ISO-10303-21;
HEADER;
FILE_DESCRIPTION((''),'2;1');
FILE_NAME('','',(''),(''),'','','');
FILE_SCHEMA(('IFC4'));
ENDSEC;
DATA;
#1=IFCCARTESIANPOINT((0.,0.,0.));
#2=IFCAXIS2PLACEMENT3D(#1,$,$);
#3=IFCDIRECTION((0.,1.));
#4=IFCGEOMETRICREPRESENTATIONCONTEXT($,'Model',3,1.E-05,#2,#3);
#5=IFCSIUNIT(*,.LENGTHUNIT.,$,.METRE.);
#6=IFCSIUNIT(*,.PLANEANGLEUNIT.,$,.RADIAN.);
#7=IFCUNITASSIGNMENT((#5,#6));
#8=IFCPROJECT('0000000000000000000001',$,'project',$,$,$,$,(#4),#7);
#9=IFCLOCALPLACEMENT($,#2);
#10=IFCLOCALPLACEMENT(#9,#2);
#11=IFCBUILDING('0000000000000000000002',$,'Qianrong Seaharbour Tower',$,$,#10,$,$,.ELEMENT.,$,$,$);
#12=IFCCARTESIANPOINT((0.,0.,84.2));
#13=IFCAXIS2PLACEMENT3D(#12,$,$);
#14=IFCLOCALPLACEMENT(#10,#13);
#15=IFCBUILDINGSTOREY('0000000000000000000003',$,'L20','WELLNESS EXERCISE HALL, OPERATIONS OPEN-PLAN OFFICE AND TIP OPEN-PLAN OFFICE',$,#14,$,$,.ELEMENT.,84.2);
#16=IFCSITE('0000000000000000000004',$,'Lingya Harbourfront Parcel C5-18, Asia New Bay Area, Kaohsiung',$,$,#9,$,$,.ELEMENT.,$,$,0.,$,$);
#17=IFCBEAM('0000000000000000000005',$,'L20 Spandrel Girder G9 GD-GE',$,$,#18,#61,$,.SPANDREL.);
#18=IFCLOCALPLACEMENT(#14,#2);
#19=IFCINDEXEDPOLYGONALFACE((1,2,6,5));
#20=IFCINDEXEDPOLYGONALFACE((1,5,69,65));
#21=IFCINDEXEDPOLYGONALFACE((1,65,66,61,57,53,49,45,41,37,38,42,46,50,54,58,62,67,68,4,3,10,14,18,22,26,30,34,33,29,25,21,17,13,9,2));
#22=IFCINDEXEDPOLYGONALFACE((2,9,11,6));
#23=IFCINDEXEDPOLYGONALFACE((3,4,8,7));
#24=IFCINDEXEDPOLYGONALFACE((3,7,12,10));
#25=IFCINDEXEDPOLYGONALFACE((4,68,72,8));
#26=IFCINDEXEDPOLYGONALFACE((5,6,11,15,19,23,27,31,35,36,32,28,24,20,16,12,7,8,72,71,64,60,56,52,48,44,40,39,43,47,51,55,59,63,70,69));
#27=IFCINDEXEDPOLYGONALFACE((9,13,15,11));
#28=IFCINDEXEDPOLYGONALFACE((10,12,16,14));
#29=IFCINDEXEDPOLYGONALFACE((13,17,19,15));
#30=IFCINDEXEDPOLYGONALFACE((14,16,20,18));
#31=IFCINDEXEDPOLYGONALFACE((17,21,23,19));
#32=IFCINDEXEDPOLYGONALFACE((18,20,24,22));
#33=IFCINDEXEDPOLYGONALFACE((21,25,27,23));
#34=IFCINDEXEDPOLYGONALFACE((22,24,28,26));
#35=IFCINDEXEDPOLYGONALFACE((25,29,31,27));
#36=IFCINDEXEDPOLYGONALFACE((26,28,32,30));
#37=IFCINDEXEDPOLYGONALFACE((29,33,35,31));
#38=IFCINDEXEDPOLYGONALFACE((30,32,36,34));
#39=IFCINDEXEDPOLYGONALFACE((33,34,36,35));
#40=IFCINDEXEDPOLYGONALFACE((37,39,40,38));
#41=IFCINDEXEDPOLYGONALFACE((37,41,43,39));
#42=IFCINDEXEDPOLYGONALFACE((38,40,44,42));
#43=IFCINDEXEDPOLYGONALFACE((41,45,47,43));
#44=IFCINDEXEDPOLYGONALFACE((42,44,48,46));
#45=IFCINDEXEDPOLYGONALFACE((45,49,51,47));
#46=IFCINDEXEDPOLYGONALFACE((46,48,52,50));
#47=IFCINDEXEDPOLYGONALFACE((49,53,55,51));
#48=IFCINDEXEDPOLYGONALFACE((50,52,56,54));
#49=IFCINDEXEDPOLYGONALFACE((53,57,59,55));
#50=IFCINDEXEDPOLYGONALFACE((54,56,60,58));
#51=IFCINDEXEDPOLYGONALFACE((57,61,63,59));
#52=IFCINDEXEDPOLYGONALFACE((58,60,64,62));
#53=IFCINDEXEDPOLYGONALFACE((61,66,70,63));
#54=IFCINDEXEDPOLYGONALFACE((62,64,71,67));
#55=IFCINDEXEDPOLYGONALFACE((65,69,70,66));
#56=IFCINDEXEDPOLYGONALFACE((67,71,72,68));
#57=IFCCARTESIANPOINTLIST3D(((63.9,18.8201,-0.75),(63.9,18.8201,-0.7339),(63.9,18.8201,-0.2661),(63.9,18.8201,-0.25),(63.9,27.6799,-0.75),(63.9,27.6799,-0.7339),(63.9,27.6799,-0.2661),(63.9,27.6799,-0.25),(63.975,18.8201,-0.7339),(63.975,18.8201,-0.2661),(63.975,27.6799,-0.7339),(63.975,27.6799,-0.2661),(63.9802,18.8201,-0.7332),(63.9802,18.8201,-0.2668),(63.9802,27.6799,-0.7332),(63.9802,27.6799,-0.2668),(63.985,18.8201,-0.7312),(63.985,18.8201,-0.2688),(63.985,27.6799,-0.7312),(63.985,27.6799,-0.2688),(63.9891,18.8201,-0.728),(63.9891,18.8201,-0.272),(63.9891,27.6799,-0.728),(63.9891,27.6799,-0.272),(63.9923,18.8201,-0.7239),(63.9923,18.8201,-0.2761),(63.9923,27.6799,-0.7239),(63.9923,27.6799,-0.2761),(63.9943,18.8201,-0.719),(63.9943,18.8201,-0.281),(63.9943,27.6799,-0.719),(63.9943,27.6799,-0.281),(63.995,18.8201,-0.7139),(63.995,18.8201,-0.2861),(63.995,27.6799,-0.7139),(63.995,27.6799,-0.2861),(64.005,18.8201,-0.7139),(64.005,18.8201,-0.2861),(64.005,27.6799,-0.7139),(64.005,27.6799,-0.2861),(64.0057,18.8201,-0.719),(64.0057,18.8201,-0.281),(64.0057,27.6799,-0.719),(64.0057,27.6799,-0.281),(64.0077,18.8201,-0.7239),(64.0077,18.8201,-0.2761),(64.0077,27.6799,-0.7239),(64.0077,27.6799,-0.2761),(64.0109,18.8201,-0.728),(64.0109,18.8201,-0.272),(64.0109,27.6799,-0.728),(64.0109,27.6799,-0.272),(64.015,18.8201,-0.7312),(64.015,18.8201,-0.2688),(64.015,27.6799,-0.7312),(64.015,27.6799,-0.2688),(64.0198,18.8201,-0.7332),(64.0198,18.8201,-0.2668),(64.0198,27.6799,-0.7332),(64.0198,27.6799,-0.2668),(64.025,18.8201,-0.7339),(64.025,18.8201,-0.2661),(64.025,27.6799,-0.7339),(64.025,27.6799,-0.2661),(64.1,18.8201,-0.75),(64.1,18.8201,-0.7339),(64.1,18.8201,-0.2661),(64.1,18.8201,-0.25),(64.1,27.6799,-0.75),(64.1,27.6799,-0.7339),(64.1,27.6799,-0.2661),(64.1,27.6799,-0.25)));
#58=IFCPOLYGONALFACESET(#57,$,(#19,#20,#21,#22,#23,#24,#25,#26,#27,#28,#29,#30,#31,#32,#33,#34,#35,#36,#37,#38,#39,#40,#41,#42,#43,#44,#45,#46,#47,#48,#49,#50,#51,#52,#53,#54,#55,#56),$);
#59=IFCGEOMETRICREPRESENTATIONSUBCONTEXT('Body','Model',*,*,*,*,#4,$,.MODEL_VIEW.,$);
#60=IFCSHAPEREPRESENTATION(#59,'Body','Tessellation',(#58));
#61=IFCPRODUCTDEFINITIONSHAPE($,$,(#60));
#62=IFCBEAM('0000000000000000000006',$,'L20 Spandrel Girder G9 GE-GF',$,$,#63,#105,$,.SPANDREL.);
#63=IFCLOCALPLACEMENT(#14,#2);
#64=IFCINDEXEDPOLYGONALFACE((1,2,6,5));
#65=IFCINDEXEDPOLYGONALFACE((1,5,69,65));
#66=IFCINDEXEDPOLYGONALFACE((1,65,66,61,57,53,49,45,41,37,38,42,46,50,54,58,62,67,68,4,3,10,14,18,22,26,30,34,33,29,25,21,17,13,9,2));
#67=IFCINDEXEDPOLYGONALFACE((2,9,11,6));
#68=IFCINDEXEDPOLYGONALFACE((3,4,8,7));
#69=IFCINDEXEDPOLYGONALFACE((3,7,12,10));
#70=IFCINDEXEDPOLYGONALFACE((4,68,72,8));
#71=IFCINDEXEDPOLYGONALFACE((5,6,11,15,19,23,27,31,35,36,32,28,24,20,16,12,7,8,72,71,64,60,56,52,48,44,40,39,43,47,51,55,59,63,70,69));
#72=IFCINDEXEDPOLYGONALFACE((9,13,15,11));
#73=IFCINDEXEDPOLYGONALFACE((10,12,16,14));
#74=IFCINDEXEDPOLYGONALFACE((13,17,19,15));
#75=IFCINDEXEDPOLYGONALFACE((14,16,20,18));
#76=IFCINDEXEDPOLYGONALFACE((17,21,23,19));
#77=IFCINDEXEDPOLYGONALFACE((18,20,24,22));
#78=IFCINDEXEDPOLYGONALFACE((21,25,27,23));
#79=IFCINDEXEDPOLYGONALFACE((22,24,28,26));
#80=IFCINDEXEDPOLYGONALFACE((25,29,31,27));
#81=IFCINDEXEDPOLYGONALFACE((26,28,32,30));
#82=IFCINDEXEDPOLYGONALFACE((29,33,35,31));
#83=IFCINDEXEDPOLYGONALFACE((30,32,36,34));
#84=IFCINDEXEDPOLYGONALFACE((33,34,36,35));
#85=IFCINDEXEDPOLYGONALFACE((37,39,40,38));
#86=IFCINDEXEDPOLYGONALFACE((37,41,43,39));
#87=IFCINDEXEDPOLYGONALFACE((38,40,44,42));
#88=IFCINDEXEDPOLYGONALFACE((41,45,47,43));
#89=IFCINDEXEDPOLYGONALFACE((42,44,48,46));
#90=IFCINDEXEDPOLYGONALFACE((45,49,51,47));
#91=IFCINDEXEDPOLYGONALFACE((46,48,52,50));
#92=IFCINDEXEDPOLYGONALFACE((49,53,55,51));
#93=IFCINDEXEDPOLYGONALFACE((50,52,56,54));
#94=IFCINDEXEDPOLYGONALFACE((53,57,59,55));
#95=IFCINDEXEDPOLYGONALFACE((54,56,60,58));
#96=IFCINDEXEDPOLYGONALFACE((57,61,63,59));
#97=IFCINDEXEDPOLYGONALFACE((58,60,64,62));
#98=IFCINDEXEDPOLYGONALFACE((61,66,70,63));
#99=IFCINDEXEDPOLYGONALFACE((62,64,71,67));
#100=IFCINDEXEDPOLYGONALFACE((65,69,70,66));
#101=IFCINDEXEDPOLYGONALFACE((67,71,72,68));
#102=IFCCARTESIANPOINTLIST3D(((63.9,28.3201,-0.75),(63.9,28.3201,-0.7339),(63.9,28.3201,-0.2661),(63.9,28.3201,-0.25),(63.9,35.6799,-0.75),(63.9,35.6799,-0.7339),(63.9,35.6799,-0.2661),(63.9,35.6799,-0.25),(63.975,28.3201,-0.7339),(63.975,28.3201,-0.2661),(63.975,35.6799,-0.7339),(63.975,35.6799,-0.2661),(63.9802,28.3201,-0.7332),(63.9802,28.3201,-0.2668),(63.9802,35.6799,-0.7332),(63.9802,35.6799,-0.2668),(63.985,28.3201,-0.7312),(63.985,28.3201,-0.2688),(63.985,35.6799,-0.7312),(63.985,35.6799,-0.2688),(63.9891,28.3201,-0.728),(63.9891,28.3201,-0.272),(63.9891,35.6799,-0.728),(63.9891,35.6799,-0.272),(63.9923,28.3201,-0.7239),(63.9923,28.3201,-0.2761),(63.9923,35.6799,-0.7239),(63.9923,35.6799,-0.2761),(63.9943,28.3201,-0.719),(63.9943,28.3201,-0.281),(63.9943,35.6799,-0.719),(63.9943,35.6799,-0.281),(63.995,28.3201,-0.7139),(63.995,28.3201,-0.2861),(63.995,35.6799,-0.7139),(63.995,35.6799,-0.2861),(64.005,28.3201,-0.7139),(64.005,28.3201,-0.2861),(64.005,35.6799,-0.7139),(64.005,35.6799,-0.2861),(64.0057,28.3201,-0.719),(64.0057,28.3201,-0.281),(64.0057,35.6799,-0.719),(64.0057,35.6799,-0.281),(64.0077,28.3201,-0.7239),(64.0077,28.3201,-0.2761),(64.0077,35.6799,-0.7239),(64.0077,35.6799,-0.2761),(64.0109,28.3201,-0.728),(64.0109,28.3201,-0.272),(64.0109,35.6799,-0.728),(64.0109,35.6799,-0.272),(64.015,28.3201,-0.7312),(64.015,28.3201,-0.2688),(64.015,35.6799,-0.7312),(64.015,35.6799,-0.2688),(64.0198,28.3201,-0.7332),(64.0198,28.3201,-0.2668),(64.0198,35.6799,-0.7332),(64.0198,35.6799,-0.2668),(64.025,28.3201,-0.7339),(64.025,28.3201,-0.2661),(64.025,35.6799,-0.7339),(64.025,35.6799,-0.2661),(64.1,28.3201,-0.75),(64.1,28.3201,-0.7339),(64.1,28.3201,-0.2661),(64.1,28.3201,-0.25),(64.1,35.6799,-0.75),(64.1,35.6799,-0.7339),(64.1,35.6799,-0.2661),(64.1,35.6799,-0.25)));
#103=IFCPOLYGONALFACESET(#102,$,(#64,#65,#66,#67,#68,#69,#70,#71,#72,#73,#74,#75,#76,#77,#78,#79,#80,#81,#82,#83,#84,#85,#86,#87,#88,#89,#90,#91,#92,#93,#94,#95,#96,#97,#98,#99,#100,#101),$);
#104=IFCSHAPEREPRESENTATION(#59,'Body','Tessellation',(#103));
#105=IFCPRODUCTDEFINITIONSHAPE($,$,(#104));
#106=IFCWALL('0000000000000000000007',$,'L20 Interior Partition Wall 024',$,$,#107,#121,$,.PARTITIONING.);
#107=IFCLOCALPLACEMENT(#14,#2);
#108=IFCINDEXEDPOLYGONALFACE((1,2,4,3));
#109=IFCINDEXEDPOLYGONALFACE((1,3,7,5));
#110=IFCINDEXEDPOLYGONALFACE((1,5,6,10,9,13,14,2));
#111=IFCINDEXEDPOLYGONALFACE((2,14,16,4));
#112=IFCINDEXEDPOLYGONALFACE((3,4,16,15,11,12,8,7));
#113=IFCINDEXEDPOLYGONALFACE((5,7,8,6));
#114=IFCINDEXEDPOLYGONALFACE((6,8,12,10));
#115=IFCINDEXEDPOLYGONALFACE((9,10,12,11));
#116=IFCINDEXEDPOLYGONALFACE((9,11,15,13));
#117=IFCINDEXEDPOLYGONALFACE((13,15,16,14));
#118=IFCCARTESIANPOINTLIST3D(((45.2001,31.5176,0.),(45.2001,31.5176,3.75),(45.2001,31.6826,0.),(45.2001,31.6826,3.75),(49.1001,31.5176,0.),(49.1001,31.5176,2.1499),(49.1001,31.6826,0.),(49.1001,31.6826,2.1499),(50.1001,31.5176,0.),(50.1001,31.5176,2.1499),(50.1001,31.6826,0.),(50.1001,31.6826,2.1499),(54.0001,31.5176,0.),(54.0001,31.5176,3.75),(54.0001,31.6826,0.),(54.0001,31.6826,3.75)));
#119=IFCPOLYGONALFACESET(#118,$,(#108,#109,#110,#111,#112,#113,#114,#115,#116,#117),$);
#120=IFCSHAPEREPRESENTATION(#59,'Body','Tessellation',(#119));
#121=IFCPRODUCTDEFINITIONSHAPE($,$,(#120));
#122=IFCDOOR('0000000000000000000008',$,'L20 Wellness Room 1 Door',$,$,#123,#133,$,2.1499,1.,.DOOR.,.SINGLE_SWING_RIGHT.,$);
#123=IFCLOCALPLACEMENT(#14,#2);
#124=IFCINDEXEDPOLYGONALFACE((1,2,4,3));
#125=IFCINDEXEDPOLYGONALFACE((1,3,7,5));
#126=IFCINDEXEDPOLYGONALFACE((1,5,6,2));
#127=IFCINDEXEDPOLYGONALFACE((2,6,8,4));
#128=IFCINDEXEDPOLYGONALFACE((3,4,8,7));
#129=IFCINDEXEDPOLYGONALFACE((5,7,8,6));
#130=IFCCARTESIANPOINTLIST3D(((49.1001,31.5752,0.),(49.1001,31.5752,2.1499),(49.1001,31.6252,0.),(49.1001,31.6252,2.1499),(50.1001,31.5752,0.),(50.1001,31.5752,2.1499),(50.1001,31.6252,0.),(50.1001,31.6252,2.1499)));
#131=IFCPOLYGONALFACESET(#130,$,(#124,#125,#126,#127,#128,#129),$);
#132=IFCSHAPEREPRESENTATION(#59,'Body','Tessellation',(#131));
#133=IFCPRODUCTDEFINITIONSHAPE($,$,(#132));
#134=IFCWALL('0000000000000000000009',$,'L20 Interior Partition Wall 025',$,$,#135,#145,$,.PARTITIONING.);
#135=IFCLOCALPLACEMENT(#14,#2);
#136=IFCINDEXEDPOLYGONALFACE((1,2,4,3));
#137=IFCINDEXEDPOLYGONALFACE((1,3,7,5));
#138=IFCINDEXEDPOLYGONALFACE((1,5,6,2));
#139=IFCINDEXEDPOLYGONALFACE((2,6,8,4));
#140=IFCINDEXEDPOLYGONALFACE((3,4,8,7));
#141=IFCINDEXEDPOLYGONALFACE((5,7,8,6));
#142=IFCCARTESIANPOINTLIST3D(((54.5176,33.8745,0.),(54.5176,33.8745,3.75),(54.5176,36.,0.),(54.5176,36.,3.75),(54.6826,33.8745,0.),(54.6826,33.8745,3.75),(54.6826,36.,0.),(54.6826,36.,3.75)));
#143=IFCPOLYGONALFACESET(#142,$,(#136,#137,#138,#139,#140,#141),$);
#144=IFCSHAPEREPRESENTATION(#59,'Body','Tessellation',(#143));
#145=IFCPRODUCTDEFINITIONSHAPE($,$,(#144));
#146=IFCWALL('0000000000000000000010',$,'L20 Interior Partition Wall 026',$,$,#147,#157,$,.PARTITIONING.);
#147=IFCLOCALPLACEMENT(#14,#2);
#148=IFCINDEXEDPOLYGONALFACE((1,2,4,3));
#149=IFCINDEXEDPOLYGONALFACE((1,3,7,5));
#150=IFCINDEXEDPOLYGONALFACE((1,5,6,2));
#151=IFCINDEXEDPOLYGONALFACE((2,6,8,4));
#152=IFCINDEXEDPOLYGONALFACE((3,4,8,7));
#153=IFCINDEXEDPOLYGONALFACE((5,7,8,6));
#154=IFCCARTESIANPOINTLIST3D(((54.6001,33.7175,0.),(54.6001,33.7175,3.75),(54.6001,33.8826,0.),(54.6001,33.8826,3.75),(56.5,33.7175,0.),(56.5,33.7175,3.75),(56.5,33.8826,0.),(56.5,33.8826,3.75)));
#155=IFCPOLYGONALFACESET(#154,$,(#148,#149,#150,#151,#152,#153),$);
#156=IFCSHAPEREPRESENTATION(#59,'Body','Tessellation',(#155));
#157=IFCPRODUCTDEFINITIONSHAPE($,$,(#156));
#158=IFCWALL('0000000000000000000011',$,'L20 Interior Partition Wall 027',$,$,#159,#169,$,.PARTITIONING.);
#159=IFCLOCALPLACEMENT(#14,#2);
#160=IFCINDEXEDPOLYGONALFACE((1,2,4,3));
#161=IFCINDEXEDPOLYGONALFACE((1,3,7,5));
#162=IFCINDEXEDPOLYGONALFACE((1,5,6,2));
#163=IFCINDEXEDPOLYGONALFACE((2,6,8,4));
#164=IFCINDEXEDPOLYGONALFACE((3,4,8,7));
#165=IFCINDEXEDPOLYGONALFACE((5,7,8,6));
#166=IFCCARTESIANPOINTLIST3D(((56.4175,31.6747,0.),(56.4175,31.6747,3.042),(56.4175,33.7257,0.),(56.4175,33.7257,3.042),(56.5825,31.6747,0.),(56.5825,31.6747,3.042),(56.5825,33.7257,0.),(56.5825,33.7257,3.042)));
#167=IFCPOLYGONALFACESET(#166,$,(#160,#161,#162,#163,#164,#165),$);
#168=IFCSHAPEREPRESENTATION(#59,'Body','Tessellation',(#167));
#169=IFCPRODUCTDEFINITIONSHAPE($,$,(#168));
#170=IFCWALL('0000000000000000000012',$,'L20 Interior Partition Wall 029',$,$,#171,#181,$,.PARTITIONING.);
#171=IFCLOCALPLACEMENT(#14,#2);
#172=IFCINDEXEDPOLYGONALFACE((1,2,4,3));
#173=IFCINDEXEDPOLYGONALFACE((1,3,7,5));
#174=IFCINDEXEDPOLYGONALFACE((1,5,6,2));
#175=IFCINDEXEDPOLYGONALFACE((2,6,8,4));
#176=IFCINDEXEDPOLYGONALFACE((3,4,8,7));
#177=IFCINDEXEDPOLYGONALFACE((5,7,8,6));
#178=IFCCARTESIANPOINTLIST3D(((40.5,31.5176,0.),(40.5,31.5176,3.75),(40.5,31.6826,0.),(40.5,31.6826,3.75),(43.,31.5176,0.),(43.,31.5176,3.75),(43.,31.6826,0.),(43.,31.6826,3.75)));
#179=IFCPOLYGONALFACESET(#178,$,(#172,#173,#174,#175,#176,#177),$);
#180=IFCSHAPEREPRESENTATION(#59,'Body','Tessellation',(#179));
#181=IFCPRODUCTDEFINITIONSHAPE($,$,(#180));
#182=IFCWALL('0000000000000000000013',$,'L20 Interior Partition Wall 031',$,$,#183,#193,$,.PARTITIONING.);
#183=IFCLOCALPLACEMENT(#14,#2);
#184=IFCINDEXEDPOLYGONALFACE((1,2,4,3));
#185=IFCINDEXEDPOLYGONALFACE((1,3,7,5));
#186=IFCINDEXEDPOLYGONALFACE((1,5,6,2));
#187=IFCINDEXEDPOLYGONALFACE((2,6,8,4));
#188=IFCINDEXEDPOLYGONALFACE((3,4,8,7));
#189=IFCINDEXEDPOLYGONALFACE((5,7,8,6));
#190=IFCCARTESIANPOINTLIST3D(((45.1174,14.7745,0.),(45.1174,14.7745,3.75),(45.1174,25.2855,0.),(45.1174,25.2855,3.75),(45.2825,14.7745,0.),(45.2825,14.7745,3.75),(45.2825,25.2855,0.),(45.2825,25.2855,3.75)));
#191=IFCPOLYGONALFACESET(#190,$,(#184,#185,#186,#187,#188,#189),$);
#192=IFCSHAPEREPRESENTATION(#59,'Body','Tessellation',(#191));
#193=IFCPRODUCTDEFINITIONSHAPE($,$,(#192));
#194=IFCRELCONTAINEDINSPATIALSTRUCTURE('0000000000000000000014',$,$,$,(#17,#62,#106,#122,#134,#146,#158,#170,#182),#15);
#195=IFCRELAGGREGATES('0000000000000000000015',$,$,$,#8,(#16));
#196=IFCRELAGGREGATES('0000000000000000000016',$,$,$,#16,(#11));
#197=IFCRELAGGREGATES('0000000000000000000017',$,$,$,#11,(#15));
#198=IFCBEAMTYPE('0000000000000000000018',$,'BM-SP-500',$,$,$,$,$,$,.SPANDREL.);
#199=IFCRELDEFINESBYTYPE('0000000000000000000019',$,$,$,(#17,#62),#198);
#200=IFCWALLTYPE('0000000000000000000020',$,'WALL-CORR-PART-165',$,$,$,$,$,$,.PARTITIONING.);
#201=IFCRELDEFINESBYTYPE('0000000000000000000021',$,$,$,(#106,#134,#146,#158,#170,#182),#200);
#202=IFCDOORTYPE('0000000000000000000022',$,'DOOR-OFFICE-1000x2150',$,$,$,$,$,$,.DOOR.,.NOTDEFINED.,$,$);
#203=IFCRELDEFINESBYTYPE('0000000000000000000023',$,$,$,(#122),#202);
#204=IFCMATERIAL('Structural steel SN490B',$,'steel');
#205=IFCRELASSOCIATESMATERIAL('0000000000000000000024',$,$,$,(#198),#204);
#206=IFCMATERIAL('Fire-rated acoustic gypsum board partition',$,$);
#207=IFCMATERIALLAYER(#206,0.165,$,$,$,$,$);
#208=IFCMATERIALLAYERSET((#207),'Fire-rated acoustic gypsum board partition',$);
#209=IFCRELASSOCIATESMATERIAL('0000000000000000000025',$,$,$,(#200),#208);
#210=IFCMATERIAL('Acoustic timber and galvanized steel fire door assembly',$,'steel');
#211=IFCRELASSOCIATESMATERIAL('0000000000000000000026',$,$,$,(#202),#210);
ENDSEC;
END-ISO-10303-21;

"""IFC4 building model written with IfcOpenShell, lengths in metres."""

from ifc_helpers import new_model, si_unit, direction, frame, frame_2d, origin, origin_2d, place, context, subcontext, project, spatial, rectangle, i_section, extrude, material, layer, layer_set, material_profile, profile_set, type_object, element, fill, save


model = new_model("IFC4")

# Units and contexts
model_context = context("Model", 3, precision=1e-05, world=origin(), true_north=direction((0.0, 1.0)))
body_context = subcontext(model_context, "Body", "Model", "MODEL_VIEW")
ifc_project = project(units=[si_unit("LENGTHUNIT", "METRE"), si_unit("PLANEANGLEUNIT", "RADIAN")], contexts=[model_context])

# Site, building, storey
site_placement = place(None, origin())
site = spatial("IfcSite", under=ifc_project, at=site_placement, Name="Lingya Harbourfront Parcel C5-18, Asia New Bay Area, Kaohsiung", CompositionType="ELEMENT", RefElevation=0.0)
building_placement = place(site_placement, origin())
building = spatial("IfcBuilding", under=site, at=building_placement, Name="Qianrong Seaharbour Tower", CompositionType="ELEMENT")
storey_placement = place(building_placement, frame((0.0, 0.0, 84.2)))
storey = spatial("IfcBuildingStorey", under=building, at=storey_placement, Name="L20", Description="WELLNESS EXERCISE HALL, OPERATIONS OPEN-PLAN OFFICE AND TIP OPEN-PLAN OFFICE", CompositionType="ELEMENT", Elevation=84.2)

# Shared definitions
ifc_material_1 = material(Name="Structural steel SN490B", Category="steel")

# Beams
ifc_material_profile_1 = material_profile(ifc_material_1, i_section(OverallWidth=0.2, OverallDepth=0.5, WebThickness=0.01, FlangeThickness=0.0161, FilletRadius=0.02, at=origin_2d()), Name="H500x200x10x16")
ifc_profile_set_1 = profile_set([ifc_material_profile_1], Name="Structural steel SN490B")
beam_type_1 = type_object("IfcBeamType", Name="BM-SP-500", PredefinedType="SPANDREL", material=ifc_profile_set_1)
beam_1_placement = place(storey_placement, frame((64.0, 18.8201, -0.5), z_axis=(0.0, 1.0, 0.0), x_axis=(-1.0, 0.0, 0.0)))
element("IfcBeam", 1, at=beam_1_placement, inside=storey, type_object=beam_type_1, Name="L20 Spandrel Girder G9 GD-GE", PredefinedType="SPANDREL", context=body_context, shape_type="SweptSolid", body=[
    extrude(i_section(OverallWidth=0.2, OverallDepth=0.5, WebThickness=0.01, FlangeThickness=0.0161, FilletRadius=0.02, at=origin_2d()), origin(), (0.0, 0.0, 1.0), 8.8599),
])
beam_2_placement = place(storey_placement, frame((64.0, 28.3201, -0.5), z_axis=(0.0, 1.0, 0.0), x_axis=(-1.0, 0.0, 0.0)))
element("IfcBeam", 2, at=beam_2_placement, inside=storey, type_object=beam_type_1, Name="L20 Spandrel Girder G9 GE-GF", PredefinedType="SPANDREL", context=body_context, shape_type="SweptSolid", body=[
    extrude(i_section(OverallWidth=0.2, OverallDepth=0.5, WebThickness=0.01, FlangeThickness=0.0161, FilletRadius=0.02, at=origin_2d()), origin(), (0.0, 0.0, 1.0), 7.3599),
])

# Wall, opening, door
ifc_material_2 = material(Name="Fire-rated acoustic gypsum board partition")
ifc_layer_1 = layer(ifc_material_2, 0.165)
ifc_layer_set_1 = layer_set([ifc_layer_1], Name="Fire-rated acoustic gypsum board partition")
wall_type_1 = type_object("IfcWallType", Name="WALL-CORR-PART-165", PredefinedType="PARTITIONING", material=ifc_layer_set_1)
wall_1_placement = place(storey_placement, frame((54.0, 31.6001, 0.0), z_axis=(0.0, 0.0, 1.0), x_axis=(-1.0, 0.0, 0.0)))
wall_1 = element("IfcWall", 3, at=wall_1_placement, inside=storey, type_object=wall_type_1, Name="L20 Interior Partition Wall 024", PredefinedType="PARTITIONING", context=body_context, shape_type="SweptSolid", body=[
    extrude(rectangle(XDim=8.8, YDim=0.165, at=frame_2d((4.3999, 0.0))), origin(), (0.0, 0.0, 1.0), 3.75),
])
opening_1_placement = place(wall_1_placement, frame((3.8999, 0.0, 0.0)))
opening_1 = element("IfcOpeningElement", 4, at=opening_1_placement, cuts=wall_1, PredefinedType="OPENING", context=body_context, shape_type="SweptSolid", body=[
    extrude(rectangle(XDim=1.0, YDim=2.1499, at=frame_2d((0.5, 1.075))), frame((0.0, 0.0925, 0.0), z_axis=(0.0, -1.0, 0.0), x_axis=(1.0, 0.0, 0.0)), (0.0, 0.0, 1.0), 0.1851),
])
ifc_material_3 = material(Name="Acoustic timber and galvanized steel fire door assembly", Category="steel")
door_type = type_object("IfcDoorType", Name="DOOR-OFFICE-1000x2150", OperationType="NOTDEFINED", PredefinedType="DOOR", material=ifc_material_3)
door_1_placement = place(opening_1_placement, origin())
door_1 = element("IfcDoor", 5, at=door_1_placement, inside=storey, type_object=door_type, Name="L20 Wellness Room 1 Door", OperationType="SINGLE_SWING_RIGHT", OverallHeight=2.1499, OverallWidth=1.0, PredefinedType="DOOR", context=body_context, shape_type="SweptSolid", body=[
    extrude(rectangle(XDim=1.0, YDim=2.1499, at=frame_2d((0.5, 1.075))), frame((0.0, 0.0249, 0.0), z_axis=(0.0, -1.0, 0.0), x_axis=(1.0, 0.0, 0.0)), (0.0, 0.0, 1.0), 0.05),
])
fill(opening_1, door_1)

# Walls
wall_2_placement = place(storey_placement, frame((54.6001, 36.0, 0.0), z_axis=(0.0, 0.0, 1.0), x_axis=(0.0, -1.0, 0.0)))
element("IfcWall", 6, at=wall_2_placement, inside=storey, type_object=wall_type_1, Name="L20 Interior Partition Wall 025", PredefinedType="PARTITIONING", context=body_context, shape_type="SweptSolid", body=[
    extrude(rectangle(XDim=2.1255, YDim=0.165, at=frame_2d((1.0627, 0.0))), origin(), (0.0, 0.0, 1.0), 3.75),
])
wall_3_placement = place(storey_placement, frame((54.6001, 33.8, 0.0), z_axis=(0.0, 0.0, 1.0), x_axis=(1.0, 0.0, 0.0)))
element("IfcWall", 7, at=wall_3_placement, inside=storey, type_object=wall_type_1, Name="L20 Interior Partition Wall 026", PredefinedType="PARTITIONING", context=body_context, shape_type="SweptSolid", body=[
    extrude(rectangle(XDim=1.8999, YDim=0.165, at=frame_2d((0.95, 0.0))), origin(), (0.0, 0.0, 1.0), 3.75),
])
wall_4_placement = place(storey_placement, frame((56.5, 33.7256, 0.0), z_axis=(0.0, 0.0, 1.0), x_axis=(0.0, -1.0, 0.0)))
element("IfcWall", 8, at=wall_4_placement, inside=storey, type_object=wall_type_1, Name="L20 Interior Partition Wall 027", PredefinedType="PARTITIONING", context=body_context, shape_type="SweptSolid", body=[
    extrude(rectangle(XDim=2.051, YDim=0.165, at=frame_2d((1.0254, 0.0))), origin(), (0.0, 0.0, 1.0), 3.042),
])

# Walls
wall_5_placement = place(storey_placement, frame((43.0, 31.6001, 0.0), z_axis=(0.0, 0.0, 1.0), x_axis=(-1.0, 0.0, 0.0)))
element("IfcWall", 9, at=wall_5_placement, inside=storey, type_object=wall_type_1, Name="L20 Interior Partition Wall 029", PredefinedType="PARTITIONING", context=body_context, shape_type="SweptSolid", body=[
    extrude(rectangle(XDim=2.5, YDim=0.165, at=frame_2d((1.25, 0.0))), origin(), (0.0, 0.0, 1.0), 3.75),
])
wall_6_placement = place(storey_placement, frame((45.2, 25.2854, 0.0), z_axis=(0.0, 0.0, 1.0), x_axis=(0.0, -1.0, 0.0)))
element("IfcWall", 10, at=wall_6_placement, inside=storey, type_object=wall_type_1, Name="L20 Interior Partition Wall 031", PredefinedType="PARTITIONING", context=body_context, shape_type="SweptSolid", body=[
    extrude(rectangle(XDim=10.511, YDim=0.165, at=frame_2d((5.2554, 0.0))), origin(), (0.0, 0.0, 1.0), 3.75),
])

save(model, "model.ifc")
